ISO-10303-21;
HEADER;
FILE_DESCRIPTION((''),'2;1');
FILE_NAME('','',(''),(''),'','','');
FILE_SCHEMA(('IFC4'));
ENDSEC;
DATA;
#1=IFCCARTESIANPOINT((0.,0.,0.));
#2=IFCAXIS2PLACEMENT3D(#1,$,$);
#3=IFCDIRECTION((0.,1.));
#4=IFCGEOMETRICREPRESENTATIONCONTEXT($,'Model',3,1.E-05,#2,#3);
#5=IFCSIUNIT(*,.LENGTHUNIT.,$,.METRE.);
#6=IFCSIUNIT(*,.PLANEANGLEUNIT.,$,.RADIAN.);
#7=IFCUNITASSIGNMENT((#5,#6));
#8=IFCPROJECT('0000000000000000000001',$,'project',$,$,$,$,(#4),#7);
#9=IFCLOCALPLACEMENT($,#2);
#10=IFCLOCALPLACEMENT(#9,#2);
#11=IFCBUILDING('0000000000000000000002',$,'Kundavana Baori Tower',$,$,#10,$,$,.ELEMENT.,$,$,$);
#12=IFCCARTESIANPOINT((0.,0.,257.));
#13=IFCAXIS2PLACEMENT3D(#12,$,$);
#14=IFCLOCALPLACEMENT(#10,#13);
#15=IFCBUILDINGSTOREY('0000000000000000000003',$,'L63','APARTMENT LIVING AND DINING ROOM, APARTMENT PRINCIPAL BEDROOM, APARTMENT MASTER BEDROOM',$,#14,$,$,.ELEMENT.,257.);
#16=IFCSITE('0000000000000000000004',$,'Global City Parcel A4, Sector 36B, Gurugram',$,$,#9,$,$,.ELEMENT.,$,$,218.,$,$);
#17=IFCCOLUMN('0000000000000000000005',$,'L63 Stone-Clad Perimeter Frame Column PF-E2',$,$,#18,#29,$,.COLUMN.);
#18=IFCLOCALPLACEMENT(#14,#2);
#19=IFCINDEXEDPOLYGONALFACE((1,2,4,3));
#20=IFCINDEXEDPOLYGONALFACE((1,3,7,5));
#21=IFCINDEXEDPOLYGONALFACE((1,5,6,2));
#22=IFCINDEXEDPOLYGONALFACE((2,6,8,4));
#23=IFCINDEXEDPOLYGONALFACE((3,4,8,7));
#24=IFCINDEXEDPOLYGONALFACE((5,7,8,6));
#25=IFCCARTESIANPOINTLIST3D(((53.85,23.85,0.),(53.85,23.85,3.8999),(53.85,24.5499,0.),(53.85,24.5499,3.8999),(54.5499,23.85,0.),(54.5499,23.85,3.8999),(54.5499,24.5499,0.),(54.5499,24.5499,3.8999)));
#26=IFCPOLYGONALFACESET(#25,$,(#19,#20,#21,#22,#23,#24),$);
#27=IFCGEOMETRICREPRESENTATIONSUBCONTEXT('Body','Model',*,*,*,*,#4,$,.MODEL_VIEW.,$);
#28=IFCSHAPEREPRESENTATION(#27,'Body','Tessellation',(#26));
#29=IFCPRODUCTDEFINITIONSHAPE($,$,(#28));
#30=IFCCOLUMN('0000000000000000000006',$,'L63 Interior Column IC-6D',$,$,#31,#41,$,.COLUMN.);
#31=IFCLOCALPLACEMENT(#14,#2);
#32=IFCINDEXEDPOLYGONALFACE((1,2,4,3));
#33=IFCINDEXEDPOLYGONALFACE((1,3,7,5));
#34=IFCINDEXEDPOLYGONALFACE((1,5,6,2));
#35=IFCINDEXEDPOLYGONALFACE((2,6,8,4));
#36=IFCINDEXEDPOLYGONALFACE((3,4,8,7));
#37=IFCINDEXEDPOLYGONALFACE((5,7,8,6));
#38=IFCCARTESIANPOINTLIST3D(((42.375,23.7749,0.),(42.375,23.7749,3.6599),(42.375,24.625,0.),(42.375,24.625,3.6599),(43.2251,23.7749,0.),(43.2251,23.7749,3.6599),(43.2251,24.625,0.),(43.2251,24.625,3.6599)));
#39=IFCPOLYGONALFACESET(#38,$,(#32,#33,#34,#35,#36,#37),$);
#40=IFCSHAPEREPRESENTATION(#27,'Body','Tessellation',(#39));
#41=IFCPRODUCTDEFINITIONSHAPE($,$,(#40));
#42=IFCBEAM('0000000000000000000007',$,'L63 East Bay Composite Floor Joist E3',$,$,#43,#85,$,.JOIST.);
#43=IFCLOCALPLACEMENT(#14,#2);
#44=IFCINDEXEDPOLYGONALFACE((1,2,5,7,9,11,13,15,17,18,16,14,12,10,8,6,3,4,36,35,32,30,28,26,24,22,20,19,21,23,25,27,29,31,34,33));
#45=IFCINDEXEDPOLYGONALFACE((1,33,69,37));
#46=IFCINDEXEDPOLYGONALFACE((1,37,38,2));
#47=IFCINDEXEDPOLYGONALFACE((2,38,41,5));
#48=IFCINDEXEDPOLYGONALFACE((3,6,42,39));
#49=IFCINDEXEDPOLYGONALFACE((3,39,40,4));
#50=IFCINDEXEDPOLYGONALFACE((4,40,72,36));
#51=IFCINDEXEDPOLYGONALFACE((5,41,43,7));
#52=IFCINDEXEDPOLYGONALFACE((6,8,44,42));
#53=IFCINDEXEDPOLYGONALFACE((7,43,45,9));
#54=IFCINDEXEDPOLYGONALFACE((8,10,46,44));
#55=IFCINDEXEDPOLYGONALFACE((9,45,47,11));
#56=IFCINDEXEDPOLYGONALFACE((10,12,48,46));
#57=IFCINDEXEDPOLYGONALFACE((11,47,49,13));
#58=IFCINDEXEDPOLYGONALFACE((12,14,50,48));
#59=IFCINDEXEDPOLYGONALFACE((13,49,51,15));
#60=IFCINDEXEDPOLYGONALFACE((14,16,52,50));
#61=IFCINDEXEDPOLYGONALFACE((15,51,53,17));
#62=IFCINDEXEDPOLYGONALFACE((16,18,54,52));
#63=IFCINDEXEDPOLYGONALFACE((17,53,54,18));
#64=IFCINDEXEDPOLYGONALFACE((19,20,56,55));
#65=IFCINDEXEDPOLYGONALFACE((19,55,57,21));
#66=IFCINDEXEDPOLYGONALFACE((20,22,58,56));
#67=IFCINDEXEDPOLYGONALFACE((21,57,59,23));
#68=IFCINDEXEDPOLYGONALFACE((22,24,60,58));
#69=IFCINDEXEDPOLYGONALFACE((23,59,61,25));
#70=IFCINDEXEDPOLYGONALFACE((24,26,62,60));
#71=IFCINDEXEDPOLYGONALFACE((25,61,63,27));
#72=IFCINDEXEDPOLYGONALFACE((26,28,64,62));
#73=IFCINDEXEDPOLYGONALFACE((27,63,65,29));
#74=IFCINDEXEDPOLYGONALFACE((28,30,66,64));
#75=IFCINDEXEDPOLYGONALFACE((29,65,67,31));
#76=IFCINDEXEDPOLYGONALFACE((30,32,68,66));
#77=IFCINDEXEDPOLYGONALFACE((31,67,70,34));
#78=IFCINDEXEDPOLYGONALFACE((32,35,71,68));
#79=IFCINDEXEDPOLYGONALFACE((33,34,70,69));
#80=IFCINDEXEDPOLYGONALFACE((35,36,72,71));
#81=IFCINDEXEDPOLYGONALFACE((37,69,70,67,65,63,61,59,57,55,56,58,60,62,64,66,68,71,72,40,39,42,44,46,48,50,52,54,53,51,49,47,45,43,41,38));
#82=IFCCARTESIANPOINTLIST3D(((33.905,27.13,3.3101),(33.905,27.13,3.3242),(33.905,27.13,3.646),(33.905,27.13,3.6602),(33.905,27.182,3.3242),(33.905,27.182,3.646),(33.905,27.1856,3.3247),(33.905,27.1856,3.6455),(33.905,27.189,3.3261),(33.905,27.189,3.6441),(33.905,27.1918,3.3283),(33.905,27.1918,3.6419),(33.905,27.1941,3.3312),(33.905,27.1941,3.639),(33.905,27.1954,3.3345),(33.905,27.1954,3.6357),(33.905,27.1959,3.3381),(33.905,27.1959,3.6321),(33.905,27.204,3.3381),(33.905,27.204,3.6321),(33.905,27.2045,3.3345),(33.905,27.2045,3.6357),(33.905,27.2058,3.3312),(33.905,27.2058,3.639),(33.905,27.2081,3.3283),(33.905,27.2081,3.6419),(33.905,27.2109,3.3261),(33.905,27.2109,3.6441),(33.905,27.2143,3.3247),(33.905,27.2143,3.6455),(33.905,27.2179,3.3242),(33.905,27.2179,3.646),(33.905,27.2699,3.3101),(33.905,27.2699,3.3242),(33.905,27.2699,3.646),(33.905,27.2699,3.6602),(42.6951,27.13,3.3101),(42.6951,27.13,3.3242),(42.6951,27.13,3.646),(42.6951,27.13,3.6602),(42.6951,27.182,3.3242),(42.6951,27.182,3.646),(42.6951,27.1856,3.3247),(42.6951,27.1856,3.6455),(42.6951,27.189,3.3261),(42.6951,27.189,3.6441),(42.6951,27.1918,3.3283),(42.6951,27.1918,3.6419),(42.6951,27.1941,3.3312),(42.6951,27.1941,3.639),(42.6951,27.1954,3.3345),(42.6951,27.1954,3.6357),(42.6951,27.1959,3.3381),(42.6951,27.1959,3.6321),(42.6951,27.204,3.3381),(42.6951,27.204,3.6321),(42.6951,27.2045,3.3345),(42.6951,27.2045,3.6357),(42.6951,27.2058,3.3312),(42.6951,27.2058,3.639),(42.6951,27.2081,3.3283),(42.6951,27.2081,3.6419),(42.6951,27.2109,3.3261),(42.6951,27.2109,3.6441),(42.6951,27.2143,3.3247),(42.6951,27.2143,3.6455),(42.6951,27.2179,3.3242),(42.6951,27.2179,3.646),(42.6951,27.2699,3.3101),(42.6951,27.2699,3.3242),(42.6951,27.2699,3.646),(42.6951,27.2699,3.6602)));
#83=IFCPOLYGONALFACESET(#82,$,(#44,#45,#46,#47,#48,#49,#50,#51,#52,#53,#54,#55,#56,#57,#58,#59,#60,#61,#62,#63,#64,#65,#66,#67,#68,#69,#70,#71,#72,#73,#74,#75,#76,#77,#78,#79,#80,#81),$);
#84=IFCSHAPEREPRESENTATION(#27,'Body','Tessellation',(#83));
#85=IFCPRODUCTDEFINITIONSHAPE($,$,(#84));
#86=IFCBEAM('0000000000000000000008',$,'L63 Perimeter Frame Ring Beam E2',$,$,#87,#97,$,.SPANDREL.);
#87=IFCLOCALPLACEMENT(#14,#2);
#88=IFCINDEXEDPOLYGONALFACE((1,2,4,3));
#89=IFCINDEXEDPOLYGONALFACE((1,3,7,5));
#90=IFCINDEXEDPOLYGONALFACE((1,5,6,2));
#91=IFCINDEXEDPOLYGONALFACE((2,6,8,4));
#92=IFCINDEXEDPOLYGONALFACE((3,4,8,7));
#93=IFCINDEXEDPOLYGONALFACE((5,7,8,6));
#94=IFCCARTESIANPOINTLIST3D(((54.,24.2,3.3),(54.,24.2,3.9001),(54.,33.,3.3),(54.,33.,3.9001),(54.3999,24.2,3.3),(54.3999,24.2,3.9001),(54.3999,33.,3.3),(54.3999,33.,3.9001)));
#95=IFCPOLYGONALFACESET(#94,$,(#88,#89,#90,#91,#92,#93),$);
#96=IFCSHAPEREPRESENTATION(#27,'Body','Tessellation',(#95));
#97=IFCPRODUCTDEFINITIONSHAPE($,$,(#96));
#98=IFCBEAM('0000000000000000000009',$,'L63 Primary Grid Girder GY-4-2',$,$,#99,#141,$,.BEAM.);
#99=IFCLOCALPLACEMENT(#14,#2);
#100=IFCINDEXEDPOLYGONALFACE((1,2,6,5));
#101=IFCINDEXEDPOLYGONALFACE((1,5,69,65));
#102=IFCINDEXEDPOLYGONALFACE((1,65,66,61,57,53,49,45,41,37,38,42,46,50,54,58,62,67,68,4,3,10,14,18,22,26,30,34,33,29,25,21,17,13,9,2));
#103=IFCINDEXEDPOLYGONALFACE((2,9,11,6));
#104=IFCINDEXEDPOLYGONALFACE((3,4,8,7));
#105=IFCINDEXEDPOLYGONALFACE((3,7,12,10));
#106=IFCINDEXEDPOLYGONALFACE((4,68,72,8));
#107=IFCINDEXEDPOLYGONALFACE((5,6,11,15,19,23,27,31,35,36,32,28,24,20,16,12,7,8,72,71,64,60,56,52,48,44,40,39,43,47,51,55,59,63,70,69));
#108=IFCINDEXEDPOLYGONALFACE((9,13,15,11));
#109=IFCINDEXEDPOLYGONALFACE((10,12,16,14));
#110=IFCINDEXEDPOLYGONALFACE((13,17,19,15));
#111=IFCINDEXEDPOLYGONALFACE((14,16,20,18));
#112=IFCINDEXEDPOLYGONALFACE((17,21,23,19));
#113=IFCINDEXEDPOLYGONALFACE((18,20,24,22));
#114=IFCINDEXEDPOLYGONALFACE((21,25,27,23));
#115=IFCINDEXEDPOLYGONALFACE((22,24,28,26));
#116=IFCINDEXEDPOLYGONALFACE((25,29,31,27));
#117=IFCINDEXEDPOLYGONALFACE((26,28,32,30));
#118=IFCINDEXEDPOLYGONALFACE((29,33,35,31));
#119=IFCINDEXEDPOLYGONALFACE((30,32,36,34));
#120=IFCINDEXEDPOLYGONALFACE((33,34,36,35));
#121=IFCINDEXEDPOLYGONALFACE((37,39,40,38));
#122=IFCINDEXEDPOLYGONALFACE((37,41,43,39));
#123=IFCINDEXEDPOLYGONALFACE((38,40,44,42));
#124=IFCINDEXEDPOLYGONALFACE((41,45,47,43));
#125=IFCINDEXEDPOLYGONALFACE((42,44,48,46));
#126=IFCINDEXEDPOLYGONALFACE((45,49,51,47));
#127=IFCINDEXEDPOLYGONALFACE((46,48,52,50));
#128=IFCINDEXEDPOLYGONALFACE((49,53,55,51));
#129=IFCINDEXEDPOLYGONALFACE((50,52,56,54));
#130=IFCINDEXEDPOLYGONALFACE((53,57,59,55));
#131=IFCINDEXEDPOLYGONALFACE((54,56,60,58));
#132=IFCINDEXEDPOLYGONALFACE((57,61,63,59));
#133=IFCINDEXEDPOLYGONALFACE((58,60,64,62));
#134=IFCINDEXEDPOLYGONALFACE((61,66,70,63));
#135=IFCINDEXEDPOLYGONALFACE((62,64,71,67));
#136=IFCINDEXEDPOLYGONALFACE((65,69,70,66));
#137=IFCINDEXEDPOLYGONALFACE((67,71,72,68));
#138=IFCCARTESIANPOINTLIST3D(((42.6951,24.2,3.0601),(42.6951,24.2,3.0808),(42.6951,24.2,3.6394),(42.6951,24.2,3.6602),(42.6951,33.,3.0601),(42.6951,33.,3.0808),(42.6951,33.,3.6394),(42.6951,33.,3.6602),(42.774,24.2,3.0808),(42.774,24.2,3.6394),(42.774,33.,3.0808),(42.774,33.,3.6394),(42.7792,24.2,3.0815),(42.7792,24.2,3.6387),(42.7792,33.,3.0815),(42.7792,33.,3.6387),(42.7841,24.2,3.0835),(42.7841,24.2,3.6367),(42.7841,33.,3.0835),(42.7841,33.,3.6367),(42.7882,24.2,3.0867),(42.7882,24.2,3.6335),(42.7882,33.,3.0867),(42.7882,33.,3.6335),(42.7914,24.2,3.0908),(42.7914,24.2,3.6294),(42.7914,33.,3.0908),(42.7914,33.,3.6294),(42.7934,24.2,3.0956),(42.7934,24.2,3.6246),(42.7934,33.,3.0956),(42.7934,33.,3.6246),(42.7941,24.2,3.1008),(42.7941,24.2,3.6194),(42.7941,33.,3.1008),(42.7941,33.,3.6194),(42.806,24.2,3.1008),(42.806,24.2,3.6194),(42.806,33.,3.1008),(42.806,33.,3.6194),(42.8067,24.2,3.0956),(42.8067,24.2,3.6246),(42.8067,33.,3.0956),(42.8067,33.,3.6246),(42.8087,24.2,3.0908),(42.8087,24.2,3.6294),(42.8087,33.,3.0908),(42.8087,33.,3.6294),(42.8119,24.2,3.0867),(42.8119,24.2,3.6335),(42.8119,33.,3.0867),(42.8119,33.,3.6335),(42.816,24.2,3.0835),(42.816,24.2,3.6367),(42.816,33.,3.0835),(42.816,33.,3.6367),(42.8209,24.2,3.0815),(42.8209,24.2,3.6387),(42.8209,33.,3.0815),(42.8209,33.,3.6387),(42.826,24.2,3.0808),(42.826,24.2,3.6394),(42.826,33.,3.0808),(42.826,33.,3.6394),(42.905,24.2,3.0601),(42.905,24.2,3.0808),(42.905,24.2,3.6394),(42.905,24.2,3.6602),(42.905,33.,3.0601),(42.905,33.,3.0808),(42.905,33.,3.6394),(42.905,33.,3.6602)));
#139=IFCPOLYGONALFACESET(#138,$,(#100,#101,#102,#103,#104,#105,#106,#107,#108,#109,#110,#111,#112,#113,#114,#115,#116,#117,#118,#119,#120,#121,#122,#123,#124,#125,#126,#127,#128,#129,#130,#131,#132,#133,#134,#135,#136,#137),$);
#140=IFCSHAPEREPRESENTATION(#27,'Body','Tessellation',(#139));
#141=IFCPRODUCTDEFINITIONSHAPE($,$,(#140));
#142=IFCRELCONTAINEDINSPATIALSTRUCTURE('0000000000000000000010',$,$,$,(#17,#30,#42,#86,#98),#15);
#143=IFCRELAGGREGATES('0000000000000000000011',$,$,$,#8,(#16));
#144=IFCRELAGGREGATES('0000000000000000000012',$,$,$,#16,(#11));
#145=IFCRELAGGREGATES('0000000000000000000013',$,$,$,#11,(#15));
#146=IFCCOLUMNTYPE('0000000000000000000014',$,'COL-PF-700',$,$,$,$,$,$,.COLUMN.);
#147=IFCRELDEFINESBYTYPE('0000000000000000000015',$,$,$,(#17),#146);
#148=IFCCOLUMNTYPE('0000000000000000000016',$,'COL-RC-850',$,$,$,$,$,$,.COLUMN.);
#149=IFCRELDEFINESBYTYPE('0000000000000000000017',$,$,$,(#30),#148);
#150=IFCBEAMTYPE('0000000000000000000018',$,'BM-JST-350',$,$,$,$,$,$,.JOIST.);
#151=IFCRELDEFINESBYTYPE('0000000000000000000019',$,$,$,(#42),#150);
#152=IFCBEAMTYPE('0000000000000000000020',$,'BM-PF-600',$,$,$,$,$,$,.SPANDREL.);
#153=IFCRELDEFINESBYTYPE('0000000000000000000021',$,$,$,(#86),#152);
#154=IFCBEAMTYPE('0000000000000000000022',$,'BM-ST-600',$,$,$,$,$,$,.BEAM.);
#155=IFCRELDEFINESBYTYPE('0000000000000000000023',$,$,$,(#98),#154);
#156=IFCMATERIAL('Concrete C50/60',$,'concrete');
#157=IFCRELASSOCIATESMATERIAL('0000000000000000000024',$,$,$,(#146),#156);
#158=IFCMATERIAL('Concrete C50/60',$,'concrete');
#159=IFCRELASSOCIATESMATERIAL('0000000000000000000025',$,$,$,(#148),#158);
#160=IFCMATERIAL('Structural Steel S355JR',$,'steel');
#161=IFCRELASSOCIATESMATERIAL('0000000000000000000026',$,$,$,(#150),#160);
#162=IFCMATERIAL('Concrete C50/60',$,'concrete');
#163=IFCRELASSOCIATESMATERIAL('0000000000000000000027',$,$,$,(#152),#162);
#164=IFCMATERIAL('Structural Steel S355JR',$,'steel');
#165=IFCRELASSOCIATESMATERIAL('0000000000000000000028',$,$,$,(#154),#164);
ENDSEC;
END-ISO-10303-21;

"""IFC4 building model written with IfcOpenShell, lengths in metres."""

from ifc_helpers import new_model, si_unit, direction, frame, origin, origin_2d, place, context, subcontext, project, spatial, rectangle, i_section, extrude, material, material_profile, profile_set, type_object, element, save


model = new_model("IFC4")

# Units and contexts
model_context = context("Model", 3, precision=1e-05, world=origin(), true_north=direction((0.0, 1.0)))
body_context = subcontext(model_context, "Body", "Model", "MODEL_VIEW")
ifc_project = project(units=[si_unit("LENGTHUNIT", "METRE"), si_unit("PLANEANGLEUNIT", "RADIAN")], contexts=[model_context])

# Site, building, storey
site_placement = place(None, origin())
site = spatial("IfcSite", under=ifc_project, at=site_placement, Name="Global City Parcel A4, Sector 36B, Gurugram", CompositionType="ELEMENT", RefElevation=218.0)
building_placement = place(site_placement, origin())
building = spatial("IfcBuilding", under=site, at=building_placement, Name="Kundavana Baori Tower", CompositionType="ELEMENT")
storey_placement = place(building_placement, frame((0.0, 0.0, 257.0)))
storey = spatial("IfcBuildingStorey", under=building, at=storey_placement, Name="L63", Description="APARTMENT LIVING AND DINING ROOM, APARTMENT PRINCIPAL BEDROOM, APARTMENT MASTER BEDROOM", CompositionType="ELEMENT", Elevation=257.0)

# Columns
ifc_material_1 = material(Name="Concrete C50/60", Category="concrete")
ifc_material_profile_1 = material_profile(ifc_material_1, rectangle(XDim=0.7, YDim=0.7, at=origin_2d()), Name="RC PF 700x700")
ifc_profile_set_1 = profile_set([ifc_material_profile_1], Name="Concrete C50/60")
column_type_1 = type_object("IfcColumnType", Name="COL-PF-700", PredefinedType="COLUMN", material=ifc_profile_set_1)
column_1_placement = place(storey_placement, frame((54.2, 24.2, 0.0), z_axis=(0.0, 0.0, 1.0), x_axis=(1.0, 0.0, 0.0)))
element("IfcColumn", 1, at=column_1_placement, inside=storey, type_object=column_type_1, Name="L63 Stone-Clad Perimeter Frame Column PF-E2", PredefinedType="COLUMN", context=body_context, shape_type="SweptSolid", body=[
    extrude(rectangle(XDim=0.7, YDim=0.7, at=origin_2d()), origin(), (0.0, 0.0, 1.0), 3.8999),
])
ifc_material_2 = material(Name="Concrete C50/60", Category="concrete")
ifc_material_profile_2 = material_profile(ifc_material_2, rectangle(XDim=0.8501, YDim=0.8501, at=origin_2d()), Name="RC 850x850")
ifc_profile_set_2 = profile_set([ifc_material_profile_2], Name="Concrete C50/60")
column_type_2 = type_object("IfcColumnType", Name="COL-RC-850", PredefinedType="COLUMN", material=ifc_profile_set_2)
column_2_placement = place(storey_placement, frame((42.8, 24.2, 0.0), z_axis=(0.0, 0.0, 1.0), x_axis=(1.0, 0.0, 0.0)))
element("IfcColumn", 2, at=column_2_placement, inside=storey, type_object=column_type_2, Name="L63 Interior Column IC-6D", PredefinedType="COLUMN", context=body_context, shape_type="SweptSolid", body=[
    extrude(rectangle(XDim=0.8501, YDim=0.8501, at=origin_2d()), origin(), (0.0, 0.0, 1.0), 3.6599),
])

# Beams
ifc_material_3 = material(Name="Structural Steel S355JR", Category="steel")
ifc_material_profile_3 = material_profile(ifc_material_3, i_section(OverallWidth=0.1399, OverallDepth=0.3501, WebThickness=0.0081, FlangeThickness=0.0142, FilletRadius=0.0139, at=origin_2d()), Name="ISMB 350")
ifc_profile_set_3 = profile_set([ifc_material_profile_3], Name="Structural Steel S355JR")
beam_type_1 = type_object("IfcBeamType", Name="BM-JST-350", PredefinedType="JOIST", material=ifc_profile_set_3)
beam_1_placement = place(storey_placement, frame((33.905, 27.2, 3.4851), z_axis=(1.0, 0.0, 0.0), x_axis=(0.0, 1.0, 0.0)))
element("IfcBeam", 3, at=beam_1_placement, inside=storey, type_object=beam_type_1, Name="L63 East Bay Composite Floor Joist E3", PredefinedType="JOIST", context=body_context, shape_type="SweptSolid", body=[
    extrude(i_section(OverallWidth=0.1399, OverallDepth=0.3501, WebThickness=0.0081, FlangeThickness=0.0142, FilletRadius=0.0139, at=origin_2d()), origin(), (0.0, 0.0, 1.0), 8.79),
])
ifc_material_4 = material(Name="Concrete C50/60", Category="concrete")
ifc_material_profile_4 = material_profile(ifc_material_4, rectangle(XDim=0.3999, YDim=0.6001, at=origin_2d()), Name="RC BM 400x600")
ifc_profile_set_4 = profile_set([ifc_material_profile_4], Name="Concrete C50/60")
beam_type_2 = type_object("IfcBeamType", Name="BM-PF-600", PredefinedType="SPANDREL", material=ifc_profile_set_4)
beam_2_placement = place(storey_placement, frame((54.2, 24.2, 3.6001), z_axis=(0.0, 1.0, 0.0), x_axis=(-1.0, 0.0, 0.0)))
element("IfcBeam", 4, at=beam_2_placement, inside=storey, type_object=beam_type_2, Name="L63 Perimeter Frame Ring Beam E2", PredefinedType="SPANDREL", context=body_context, shape_type="SweptSolid", body=[
    extrude(rectangle(XDim=0.3999, YDim=0.6001, at=origin_2d()), origin(), (0.0, 0.0, 1.0), 8.8),
])
ifc_material_5 = material(Name="Structural Steel S355JR", Category="steel")
ifc_material_profile_5 = material_profile(ifc_material_5, i_section(OverallWidth=0.21, OverallDepth=0.6001, WebThickness=0.012, FlangeThickness=0.0208, FilletRadius=0.02, at=origin_2d()), Name="ISMB 600")
ifc_profile_set_5 = profile_set([ifc_material_profile_5], Name="Structural Steel S355JR")
beam_type_3 = type_object("IfcBeamType", Name="BM-ST-600", PredefinedType="BEAM", material=ifc_profile_set_5)
beam_3_placement = place(storey_placement, frame((42.8, 24.2, 3.3601), z_axis=(0.0, 1.0, 0.0), x_axis=(-1.0, 0.0, 0.0)))
element("IfcBeam", 5, at=beam_3_placement, inside=storey, type_object=beam_type_3, Name="L63 Primary Grid Girder GY-4-2", PredefinedType="BEAM", context=body_context, shape_type="SweptSolid", body=[
    extrude(i_section(OverallWidth=0.21, OverallDepth=0.6001, WebThickness=0.012, FlangeThickness=0.0208, FilletRadius=0.02, at=origin_2d()), origin(), (0.0, 0.0, 1.0), 8.8),
])

save(model, "model.ifc")
